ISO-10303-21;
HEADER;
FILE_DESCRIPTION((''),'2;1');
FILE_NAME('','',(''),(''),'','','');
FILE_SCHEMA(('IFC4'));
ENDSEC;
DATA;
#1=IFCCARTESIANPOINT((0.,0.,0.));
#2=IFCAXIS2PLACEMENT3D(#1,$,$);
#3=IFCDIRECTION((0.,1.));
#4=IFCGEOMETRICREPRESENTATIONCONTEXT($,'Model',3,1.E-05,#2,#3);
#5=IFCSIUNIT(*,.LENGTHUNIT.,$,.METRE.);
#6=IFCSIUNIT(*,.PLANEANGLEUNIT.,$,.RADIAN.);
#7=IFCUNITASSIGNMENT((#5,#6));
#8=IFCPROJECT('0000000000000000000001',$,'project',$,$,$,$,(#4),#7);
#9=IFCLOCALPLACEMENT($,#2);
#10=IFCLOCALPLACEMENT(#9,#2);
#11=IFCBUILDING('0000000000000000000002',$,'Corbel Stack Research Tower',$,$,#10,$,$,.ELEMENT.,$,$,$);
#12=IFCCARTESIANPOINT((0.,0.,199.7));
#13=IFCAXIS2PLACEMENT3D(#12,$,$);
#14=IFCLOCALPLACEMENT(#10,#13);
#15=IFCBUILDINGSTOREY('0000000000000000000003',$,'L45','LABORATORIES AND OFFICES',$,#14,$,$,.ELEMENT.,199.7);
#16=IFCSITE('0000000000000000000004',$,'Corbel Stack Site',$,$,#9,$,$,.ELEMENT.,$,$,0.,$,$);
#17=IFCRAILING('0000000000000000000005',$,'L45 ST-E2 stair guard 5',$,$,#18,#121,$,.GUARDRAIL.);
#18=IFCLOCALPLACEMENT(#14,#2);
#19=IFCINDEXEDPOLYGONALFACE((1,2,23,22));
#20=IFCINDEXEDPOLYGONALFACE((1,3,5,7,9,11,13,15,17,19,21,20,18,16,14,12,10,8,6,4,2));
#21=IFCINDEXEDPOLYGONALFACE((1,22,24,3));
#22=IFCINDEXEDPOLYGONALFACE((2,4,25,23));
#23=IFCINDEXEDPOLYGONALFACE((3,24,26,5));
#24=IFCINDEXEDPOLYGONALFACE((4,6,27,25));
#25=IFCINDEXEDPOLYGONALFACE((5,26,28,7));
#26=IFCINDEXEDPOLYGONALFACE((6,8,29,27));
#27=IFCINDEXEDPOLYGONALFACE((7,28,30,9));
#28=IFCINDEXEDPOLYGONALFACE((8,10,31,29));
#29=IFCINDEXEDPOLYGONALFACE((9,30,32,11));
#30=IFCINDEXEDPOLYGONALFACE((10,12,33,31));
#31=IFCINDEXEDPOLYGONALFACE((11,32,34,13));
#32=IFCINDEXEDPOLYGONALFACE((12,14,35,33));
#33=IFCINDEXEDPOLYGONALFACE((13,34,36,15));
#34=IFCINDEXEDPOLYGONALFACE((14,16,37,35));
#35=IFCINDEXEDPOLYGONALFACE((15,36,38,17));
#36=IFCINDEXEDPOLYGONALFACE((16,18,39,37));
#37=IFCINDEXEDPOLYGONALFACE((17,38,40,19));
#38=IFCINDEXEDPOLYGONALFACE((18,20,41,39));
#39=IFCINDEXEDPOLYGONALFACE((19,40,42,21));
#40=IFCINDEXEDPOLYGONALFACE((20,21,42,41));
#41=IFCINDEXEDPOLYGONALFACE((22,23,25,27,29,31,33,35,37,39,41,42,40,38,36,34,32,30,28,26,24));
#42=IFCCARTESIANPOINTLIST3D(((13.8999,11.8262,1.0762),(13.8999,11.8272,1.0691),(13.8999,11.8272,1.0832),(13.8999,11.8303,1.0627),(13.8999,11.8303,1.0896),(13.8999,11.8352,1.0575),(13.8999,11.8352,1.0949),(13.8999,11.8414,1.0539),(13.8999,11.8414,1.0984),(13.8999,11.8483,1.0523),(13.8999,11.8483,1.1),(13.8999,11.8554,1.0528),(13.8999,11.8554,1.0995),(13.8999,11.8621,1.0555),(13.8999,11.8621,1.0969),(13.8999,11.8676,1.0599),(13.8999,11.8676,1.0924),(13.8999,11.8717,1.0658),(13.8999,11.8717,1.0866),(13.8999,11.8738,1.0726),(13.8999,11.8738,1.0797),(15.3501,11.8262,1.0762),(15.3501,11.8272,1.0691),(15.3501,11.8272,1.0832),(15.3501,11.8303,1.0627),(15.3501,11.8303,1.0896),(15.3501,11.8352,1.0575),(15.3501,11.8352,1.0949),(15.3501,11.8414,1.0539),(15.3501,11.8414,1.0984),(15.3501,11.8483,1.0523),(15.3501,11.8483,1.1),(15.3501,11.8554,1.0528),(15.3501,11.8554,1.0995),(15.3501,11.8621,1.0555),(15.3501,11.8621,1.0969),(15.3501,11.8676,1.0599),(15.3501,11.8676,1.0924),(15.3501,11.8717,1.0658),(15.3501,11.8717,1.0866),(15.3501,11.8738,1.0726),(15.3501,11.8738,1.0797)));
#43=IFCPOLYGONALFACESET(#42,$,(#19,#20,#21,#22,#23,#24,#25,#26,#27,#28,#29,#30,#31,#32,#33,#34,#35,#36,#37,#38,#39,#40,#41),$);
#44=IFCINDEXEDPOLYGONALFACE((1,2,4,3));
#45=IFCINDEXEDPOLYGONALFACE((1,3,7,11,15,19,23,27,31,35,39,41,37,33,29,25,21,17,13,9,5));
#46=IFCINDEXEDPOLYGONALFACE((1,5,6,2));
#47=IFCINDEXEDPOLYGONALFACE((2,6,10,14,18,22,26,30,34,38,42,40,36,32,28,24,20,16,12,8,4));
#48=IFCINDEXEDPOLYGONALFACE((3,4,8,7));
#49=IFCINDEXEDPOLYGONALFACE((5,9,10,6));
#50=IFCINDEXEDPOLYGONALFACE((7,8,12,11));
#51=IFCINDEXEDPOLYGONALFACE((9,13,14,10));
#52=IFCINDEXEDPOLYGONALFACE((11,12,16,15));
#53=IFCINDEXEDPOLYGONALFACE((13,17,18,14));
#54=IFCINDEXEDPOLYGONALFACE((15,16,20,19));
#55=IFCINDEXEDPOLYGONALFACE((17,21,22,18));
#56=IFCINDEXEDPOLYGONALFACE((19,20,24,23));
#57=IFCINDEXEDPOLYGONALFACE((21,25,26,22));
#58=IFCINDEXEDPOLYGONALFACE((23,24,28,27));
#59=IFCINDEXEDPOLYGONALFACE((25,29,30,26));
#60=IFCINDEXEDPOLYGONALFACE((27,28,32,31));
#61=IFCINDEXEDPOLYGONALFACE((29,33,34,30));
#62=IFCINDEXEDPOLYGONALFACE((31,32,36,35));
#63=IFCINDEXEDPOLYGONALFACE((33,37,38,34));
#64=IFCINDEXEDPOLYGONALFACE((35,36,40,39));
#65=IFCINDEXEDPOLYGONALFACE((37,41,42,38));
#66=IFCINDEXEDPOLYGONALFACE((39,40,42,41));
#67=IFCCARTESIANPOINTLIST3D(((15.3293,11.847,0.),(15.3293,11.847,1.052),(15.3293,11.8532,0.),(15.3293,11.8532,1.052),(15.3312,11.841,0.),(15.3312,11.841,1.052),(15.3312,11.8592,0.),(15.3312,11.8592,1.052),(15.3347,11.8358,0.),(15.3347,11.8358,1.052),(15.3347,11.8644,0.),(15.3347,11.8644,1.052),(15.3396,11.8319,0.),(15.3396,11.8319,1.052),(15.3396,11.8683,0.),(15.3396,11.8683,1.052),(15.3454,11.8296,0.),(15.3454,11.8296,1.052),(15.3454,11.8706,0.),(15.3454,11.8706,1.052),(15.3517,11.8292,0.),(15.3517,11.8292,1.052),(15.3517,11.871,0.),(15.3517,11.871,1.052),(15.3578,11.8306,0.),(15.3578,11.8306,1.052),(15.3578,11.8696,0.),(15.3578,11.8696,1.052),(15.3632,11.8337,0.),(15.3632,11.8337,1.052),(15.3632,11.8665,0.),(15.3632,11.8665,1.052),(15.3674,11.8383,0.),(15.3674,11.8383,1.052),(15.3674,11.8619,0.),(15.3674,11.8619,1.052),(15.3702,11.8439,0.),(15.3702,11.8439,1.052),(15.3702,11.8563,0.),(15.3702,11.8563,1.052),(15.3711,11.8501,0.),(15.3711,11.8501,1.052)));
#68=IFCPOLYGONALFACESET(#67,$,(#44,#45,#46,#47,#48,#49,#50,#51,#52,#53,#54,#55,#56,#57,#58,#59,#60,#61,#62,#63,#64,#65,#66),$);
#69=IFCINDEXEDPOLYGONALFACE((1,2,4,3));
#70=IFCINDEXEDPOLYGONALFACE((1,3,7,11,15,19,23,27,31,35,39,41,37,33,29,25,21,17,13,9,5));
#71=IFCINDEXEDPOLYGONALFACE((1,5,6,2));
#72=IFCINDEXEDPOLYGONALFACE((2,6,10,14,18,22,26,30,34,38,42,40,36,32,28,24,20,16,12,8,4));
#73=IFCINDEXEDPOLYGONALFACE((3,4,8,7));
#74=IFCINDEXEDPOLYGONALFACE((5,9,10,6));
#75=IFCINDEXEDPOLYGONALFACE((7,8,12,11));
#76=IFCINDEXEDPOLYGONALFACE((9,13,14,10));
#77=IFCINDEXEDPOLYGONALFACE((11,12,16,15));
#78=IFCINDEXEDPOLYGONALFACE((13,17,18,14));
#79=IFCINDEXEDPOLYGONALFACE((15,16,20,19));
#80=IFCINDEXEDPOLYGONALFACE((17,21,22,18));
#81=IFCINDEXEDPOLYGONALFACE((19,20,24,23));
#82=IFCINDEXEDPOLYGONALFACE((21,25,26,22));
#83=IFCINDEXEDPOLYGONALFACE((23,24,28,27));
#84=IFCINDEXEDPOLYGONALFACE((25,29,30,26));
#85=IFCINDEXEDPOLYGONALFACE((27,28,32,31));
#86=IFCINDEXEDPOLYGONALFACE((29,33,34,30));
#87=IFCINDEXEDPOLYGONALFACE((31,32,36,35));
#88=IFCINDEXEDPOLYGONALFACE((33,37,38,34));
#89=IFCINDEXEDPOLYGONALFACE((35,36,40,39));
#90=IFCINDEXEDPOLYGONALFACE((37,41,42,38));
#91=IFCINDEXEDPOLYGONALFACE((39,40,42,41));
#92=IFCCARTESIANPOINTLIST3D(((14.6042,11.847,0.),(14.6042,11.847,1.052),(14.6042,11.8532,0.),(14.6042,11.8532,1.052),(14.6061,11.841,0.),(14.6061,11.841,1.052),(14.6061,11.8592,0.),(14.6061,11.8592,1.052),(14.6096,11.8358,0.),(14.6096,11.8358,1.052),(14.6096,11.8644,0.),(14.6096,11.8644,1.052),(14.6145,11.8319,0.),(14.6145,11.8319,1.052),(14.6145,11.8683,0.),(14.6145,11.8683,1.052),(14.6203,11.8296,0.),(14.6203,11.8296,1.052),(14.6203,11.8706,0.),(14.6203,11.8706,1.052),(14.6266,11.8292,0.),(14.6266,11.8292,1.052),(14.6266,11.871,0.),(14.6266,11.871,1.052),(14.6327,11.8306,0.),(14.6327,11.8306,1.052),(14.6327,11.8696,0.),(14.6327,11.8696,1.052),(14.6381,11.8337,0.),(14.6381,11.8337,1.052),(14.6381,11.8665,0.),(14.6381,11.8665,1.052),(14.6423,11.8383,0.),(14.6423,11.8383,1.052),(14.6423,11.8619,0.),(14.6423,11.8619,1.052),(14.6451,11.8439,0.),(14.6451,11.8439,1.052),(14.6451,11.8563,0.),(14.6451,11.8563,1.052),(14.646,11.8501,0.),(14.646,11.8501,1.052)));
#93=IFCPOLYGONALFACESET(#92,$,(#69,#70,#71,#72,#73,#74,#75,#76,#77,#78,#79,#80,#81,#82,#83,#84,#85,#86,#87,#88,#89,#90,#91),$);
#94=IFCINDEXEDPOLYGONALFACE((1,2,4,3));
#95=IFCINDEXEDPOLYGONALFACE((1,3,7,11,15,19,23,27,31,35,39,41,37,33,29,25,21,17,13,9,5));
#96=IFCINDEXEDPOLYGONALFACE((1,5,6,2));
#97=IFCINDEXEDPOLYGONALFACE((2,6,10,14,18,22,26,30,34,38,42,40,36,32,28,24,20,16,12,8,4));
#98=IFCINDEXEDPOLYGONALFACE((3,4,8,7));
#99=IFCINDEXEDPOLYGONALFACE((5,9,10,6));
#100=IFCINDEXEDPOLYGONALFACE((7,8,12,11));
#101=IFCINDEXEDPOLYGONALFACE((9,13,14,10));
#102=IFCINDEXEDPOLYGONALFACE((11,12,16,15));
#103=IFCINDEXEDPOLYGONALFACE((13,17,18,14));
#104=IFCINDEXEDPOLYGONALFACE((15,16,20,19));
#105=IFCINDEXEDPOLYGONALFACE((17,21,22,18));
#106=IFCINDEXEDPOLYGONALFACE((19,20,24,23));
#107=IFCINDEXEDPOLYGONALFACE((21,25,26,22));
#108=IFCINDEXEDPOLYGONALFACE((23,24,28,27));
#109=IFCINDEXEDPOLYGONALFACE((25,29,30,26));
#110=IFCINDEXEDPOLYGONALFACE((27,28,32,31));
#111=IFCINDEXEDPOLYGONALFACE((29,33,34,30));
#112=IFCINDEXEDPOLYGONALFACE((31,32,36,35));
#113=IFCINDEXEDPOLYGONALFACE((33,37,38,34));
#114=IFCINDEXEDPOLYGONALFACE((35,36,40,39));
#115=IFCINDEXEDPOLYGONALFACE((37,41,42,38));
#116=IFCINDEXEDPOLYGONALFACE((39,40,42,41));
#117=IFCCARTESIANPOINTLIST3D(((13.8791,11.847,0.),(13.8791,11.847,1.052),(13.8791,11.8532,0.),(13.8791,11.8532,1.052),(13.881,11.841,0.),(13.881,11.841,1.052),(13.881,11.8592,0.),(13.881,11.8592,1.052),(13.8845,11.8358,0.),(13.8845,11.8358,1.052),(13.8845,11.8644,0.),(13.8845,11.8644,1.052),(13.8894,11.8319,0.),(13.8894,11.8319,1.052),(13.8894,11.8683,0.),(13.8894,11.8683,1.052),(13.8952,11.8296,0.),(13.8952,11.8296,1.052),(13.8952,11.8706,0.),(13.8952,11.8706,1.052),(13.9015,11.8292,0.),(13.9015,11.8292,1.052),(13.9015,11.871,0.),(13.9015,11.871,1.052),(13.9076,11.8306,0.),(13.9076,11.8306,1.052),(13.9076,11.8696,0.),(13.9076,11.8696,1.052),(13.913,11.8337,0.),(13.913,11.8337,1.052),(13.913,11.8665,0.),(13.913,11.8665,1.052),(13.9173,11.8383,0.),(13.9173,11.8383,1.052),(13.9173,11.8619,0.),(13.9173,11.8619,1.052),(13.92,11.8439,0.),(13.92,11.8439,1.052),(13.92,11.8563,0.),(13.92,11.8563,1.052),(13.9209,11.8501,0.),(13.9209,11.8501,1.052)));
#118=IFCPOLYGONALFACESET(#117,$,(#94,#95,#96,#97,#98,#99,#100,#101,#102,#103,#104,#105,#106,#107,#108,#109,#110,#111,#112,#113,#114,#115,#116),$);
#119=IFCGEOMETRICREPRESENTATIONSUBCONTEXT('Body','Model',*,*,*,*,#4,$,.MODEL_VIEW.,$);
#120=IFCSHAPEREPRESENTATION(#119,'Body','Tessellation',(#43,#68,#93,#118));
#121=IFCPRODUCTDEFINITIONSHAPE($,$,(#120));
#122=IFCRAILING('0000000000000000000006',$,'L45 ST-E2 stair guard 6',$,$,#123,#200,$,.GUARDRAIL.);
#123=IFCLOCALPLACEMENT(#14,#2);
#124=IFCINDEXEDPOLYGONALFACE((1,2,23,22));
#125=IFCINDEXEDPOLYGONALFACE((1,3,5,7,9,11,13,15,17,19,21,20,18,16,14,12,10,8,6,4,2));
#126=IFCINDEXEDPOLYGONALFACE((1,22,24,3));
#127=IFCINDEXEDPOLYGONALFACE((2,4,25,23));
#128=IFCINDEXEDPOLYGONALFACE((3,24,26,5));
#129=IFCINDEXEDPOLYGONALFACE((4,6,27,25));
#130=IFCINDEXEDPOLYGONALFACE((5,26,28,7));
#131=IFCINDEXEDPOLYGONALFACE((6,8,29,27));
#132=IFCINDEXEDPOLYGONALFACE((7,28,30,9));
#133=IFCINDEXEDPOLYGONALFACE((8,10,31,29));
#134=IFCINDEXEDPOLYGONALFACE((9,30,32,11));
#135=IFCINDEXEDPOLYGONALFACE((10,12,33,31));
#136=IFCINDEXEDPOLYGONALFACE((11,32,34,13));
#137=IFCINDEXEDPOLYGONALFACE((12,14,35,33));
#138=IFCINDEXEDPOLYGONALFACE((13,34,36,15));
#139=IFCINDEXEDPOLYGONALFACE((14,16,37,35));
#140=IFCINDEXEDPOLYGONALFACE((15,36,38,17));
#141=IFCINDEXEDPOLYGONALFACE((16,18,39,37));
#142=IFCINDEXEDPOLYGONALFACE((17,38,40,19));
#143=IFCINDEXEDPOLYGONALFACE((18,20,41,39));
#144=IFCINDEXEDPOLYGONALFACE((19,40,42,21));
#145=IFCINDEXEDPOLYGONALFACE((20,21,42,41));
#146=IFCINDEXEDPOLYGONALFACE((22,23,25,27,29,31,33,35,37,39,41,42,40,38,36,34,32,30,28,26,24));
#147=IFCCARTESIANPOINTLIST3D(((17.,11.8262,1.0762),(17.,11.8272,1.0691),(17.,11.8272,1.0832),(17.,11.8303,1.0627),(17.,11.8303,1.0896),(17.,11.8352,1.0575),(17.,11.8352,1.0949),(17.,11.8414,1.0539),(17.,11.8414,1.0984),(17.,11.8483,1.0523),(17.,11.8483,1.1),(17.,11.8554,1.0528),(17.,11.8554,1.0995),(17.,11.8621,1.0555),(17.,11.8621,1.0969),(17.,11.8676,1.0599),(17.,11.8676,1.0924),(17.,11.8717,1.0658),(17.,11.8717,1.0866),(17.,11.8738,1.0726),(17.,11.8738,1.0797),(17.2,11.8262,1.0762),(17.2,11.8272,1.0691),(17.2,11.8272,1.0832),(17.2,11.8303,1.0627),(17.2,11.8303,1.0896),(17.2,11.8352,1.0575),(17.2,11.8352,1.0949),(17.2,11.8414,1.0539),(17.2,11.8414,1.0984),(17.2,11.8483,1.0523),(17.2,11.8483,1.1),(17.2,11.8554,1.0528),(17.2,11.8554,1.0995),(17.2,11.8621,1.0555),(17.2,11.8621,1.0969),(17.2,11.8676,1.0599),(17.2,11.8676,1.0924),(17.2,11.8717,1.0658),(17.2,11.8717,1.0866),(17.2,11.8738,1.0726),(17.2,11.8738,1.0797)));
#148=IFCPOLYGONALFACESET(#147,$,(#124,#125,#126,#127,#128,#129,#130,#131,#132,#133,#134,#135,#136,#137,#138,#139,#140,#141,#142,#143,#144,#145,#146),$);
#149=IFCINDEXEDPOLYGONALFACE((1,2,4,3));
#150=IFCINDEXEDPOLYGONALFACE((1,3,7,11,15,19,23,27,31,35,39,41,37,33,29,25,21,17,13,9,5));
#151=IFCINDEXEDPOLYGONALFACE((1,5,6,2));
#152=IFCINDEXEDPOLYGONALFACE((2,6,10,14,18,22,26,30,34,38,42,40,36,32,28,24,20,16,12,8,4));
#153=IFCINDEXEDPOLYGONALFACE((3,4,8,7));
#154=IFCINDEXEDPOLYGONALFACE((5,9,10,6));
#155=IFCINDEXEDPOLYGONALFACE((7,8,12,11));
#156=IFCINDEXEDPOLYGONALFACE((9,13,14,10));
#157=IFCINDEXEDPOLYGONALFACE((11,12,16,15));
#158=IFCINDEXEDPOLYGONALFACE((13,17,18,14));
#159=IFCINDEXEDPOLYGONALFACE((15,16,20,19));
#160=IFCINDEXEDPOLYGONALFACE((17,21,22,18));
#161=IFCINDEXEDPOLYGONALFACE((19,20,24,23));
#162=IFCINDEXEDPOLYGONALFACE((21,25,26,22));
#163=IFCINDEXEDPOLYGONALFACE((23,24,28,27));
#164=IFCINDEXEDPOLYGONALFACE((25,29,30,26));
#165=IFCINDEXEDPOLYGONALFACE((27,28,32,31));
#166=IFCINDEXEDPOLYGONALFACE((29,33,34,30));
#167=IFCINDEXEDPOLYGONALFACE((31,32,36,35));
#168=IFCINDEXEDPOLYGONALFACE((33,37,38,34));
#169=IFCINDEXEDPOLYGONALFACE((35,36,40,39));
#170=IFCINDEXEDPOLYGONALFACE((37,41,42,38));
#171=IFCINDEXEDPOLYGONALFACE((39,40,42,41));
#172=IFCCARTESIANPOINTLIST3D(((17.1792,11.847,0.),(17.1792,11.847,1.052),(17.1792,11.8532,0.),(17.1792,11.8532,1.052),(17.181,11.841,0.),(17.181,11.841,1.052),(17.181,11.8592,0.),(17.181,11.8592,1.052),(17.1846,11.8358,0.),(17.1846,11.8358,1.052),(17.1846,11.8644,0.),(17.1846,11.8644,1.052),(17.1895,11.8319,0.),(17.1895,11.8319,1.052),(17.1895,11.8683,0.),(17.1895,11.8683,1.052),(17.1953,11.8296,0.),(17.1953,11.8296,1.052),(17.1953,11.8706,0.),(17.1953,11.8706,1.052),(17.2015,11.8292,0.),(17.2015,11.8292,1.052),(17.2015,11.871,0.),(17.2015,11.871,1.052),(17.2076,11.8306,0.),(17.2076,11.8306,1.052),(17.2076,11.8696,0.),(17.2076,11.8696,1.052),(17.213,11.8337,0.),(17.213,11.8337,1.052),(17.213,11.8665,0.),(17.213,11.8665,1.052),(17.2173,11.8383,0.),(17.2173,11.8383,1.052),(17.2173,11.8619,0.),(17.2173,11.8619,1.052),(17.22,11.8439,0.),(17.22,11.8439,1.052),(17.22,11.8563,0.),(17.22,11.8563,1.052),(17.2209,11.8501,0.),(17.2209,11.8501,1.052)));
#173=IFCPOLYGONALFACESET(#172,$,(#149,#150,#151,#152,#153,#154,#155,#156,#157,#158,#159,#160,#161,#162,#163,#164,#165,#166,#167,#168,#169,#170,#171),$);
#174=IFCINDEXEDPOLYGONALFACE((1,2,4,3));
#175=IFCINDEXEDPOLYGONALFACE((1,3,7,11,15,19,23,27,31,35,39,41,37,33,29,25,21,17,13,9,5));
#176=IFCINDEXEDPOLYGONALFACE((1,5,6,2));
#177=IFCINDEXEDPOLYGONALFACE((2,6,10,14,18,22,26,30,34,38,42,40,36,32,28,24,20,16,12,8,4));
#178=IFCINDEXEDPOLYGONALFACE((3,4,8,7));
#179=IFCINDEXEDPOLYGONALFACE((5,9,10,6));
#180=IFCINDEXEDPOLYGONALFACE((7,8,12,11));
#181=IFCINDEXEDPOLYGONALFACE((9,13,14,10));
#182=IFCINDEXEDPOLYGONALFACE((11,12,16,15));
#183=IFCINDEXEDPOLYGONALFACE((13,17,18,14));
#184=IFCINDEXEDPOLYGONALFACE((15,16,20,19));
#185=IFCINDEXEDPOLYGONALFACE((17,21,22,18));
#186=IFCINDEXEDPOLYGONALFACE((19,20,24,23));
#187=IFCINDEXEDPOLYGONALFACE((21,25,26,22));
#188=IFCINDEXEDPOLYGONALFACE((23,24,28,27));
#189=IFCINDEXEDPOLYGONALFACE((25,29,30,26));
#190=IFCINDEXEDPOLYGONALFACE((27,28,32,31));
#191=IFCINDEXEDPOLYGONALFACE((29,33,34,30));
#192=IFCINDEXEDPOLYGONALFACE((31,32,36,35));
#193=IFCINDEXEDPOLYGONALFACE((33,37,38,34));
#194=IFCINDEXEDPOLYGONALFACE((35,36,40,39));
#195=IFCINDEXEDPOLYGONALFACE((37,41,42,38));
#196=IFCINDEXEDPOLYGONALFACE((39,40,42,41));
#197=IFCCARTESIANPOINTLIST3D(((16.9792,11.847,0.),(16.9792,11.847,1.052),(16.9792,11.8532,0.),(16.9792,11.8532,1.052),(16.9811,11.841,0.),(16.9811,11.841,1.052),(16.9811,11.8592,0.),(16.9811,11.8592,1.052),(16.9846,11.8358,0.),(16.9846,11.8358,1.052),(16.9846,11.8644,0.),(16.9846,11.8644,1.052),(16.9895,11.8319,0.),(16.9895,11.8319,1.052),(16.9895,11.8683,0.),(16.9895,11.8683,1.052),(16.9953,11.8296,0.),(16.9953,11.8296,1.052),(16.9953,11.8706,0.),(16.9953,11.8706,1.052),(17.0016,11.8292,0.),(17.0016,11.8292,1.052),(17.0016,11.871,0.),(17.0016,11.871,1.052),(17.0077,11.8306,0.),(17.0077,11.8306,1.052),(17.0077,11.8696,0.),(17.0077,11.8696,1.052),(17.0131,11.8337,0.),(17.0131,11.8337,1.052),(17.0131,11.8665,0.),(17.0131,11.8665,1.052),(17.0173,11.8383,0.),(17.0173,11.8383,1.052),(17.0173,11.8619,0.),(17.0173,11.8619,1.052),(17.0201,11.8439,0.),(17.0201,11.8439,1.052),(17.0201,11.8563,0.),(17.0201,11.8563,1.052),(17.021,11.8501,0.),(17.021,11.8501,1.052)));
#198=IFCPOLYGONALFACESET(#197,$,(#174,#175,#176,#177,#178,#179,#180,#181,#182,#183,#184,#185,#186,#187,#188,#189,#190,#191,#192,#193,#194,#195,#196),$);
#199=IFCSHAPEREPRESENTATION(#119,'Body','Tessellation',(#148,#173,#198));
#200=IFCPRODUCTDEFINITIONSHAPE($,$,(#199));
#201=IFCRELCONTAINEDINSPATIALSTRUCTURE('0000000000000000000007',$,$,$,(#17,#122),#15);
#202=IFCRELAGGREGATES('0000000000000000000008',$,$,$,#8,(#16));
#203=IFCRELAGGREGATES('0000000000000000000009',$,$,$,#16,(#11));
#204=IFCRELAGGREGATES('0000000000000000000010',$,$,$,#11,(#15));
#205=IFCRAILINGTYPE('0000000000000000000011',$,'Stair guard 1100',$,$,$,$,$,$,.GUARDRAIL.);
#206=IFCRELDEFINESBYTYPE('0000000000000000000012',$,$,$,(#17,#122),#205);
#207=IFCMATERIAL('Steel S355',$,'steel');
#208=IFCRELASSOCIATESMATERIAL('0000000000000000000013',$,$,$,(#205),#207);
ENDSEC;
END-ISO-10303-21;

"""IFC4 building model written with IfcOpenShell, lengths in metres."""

from ifc_helpers import new_model, si_unit, direction, frame, origin, origin_2d, place, context, subcontext, project, spatial, circle, extrude, material, type_object, element, save


model = new_model("IFC4")

# Units and contexts
model_context = context("Model", 3, precision=1e-05, world=origin(), true_north=direction((0.0, 1.0)))
body_context = subcontext(model_context, "Body", "Model", "MODEL_VIEW")
ifc_project = project(units=[si_unit("LENGTHUNIT", "METRE"), si_unit("PLANEANGLEUNIT", "RADIAN")], contexts=[model_context])

# Site, building, storey
site_placement = place(None, origin())
site = spatial("IfcSite", under=ifc_project, at=site_placement, Name="Corbel Stack Site", CompositionType="ELEMENT", RefElevation=0.0)
building_placement = place(site_placement, origin())
building = spatial("IfcBuilding", under=site, at=building_placement, Name="Corbel Stack Research Tower", CompositionType="ELEMENT")
storey_placement = place(building_placement, frame((0.0, 0.0, 199.7)))
storey = spatial("IfcBuildingStorey", under=building, at=storey_placement, Name="L45", Description="LABORATORIES AND OFFICES", CompositionType="ELEMENT", Elevation=199.7)

# Railings
ifc_material_1 = material(Name="Steel S355", Category="steel")
railing_type_1 = type_object("IfcRailingType", Name="Stair guard 1100", PredefinedType="GUARDRAIL", material=ifc_material_1)
railing_1_placement = place(storey_placement, frame((15.3501, 11.8501, 0.0)))
element("IfcRailing", 1, at=railing_1_placement, inside=storey, type_object=railing_type_1, Name="L45 ST-E2 stair guard 5", PredefinedType="GUARDRAIL", context=body_context, shape_type="SweptSolid", body=[
    extrude(circle(Radius=0.0239, at=origin_2d()), frame((0.0, 0.0, 1.0762), z_axis=(-1.0, 0.0, 0.0), x_axis=(0.0, -1.0, 0.0)), (0.0, 0.0, 1.0), 1.4502),
    extrude(circle(Radius=0.021, at=origin_2d()), origin(), (0.0, 0.0, 1.0), 1.052),
    extrude(circle(Radius=0.021, at=origin_2d()), frame((-0.7251, 0.0, 0.0)), (0.0, 0.0, 1.0), 1.052),
    extrude(circle(Radius=0.021, at=origin_2d()), frame((-1.4502, 0.0, 0.0)), (0.0, 0.0, 1.0), 1.052),
])
railing_2_placement = place(storey_placement, frame((17.2, 11.8501, 0.0)))
element("IfcRailing", 2, at=railing_2_placement, inside=storey, type_object=railing_type_1, Name="L45 ST-E2 stair guard 6", PredefinedType="GUARDRAIL", context=body_context, shape_type="SweptSolid", body=[
    extrude(circle(Radius=0.0239, at=origin_2d()), frame((0.0, 0.0, 1.0762), z_axis=(-1.0, 0.0, 0.0), x_axis=(0.0, -1.0, 0.0)), (0.0, 0.0, 1.0), 0.2),
    extrude(circle(Radius=0.021, at=origin_2d()), origin(), (0.0, 0.0, 1.0), 1.052),
    extrude(circle(Radius=0.021, at=origin_2d()), frame((-0.2, 0.0, 0.0)), (0.0, 0.0, 1.0), 1.052),
])

save(model, "model.ifc")
